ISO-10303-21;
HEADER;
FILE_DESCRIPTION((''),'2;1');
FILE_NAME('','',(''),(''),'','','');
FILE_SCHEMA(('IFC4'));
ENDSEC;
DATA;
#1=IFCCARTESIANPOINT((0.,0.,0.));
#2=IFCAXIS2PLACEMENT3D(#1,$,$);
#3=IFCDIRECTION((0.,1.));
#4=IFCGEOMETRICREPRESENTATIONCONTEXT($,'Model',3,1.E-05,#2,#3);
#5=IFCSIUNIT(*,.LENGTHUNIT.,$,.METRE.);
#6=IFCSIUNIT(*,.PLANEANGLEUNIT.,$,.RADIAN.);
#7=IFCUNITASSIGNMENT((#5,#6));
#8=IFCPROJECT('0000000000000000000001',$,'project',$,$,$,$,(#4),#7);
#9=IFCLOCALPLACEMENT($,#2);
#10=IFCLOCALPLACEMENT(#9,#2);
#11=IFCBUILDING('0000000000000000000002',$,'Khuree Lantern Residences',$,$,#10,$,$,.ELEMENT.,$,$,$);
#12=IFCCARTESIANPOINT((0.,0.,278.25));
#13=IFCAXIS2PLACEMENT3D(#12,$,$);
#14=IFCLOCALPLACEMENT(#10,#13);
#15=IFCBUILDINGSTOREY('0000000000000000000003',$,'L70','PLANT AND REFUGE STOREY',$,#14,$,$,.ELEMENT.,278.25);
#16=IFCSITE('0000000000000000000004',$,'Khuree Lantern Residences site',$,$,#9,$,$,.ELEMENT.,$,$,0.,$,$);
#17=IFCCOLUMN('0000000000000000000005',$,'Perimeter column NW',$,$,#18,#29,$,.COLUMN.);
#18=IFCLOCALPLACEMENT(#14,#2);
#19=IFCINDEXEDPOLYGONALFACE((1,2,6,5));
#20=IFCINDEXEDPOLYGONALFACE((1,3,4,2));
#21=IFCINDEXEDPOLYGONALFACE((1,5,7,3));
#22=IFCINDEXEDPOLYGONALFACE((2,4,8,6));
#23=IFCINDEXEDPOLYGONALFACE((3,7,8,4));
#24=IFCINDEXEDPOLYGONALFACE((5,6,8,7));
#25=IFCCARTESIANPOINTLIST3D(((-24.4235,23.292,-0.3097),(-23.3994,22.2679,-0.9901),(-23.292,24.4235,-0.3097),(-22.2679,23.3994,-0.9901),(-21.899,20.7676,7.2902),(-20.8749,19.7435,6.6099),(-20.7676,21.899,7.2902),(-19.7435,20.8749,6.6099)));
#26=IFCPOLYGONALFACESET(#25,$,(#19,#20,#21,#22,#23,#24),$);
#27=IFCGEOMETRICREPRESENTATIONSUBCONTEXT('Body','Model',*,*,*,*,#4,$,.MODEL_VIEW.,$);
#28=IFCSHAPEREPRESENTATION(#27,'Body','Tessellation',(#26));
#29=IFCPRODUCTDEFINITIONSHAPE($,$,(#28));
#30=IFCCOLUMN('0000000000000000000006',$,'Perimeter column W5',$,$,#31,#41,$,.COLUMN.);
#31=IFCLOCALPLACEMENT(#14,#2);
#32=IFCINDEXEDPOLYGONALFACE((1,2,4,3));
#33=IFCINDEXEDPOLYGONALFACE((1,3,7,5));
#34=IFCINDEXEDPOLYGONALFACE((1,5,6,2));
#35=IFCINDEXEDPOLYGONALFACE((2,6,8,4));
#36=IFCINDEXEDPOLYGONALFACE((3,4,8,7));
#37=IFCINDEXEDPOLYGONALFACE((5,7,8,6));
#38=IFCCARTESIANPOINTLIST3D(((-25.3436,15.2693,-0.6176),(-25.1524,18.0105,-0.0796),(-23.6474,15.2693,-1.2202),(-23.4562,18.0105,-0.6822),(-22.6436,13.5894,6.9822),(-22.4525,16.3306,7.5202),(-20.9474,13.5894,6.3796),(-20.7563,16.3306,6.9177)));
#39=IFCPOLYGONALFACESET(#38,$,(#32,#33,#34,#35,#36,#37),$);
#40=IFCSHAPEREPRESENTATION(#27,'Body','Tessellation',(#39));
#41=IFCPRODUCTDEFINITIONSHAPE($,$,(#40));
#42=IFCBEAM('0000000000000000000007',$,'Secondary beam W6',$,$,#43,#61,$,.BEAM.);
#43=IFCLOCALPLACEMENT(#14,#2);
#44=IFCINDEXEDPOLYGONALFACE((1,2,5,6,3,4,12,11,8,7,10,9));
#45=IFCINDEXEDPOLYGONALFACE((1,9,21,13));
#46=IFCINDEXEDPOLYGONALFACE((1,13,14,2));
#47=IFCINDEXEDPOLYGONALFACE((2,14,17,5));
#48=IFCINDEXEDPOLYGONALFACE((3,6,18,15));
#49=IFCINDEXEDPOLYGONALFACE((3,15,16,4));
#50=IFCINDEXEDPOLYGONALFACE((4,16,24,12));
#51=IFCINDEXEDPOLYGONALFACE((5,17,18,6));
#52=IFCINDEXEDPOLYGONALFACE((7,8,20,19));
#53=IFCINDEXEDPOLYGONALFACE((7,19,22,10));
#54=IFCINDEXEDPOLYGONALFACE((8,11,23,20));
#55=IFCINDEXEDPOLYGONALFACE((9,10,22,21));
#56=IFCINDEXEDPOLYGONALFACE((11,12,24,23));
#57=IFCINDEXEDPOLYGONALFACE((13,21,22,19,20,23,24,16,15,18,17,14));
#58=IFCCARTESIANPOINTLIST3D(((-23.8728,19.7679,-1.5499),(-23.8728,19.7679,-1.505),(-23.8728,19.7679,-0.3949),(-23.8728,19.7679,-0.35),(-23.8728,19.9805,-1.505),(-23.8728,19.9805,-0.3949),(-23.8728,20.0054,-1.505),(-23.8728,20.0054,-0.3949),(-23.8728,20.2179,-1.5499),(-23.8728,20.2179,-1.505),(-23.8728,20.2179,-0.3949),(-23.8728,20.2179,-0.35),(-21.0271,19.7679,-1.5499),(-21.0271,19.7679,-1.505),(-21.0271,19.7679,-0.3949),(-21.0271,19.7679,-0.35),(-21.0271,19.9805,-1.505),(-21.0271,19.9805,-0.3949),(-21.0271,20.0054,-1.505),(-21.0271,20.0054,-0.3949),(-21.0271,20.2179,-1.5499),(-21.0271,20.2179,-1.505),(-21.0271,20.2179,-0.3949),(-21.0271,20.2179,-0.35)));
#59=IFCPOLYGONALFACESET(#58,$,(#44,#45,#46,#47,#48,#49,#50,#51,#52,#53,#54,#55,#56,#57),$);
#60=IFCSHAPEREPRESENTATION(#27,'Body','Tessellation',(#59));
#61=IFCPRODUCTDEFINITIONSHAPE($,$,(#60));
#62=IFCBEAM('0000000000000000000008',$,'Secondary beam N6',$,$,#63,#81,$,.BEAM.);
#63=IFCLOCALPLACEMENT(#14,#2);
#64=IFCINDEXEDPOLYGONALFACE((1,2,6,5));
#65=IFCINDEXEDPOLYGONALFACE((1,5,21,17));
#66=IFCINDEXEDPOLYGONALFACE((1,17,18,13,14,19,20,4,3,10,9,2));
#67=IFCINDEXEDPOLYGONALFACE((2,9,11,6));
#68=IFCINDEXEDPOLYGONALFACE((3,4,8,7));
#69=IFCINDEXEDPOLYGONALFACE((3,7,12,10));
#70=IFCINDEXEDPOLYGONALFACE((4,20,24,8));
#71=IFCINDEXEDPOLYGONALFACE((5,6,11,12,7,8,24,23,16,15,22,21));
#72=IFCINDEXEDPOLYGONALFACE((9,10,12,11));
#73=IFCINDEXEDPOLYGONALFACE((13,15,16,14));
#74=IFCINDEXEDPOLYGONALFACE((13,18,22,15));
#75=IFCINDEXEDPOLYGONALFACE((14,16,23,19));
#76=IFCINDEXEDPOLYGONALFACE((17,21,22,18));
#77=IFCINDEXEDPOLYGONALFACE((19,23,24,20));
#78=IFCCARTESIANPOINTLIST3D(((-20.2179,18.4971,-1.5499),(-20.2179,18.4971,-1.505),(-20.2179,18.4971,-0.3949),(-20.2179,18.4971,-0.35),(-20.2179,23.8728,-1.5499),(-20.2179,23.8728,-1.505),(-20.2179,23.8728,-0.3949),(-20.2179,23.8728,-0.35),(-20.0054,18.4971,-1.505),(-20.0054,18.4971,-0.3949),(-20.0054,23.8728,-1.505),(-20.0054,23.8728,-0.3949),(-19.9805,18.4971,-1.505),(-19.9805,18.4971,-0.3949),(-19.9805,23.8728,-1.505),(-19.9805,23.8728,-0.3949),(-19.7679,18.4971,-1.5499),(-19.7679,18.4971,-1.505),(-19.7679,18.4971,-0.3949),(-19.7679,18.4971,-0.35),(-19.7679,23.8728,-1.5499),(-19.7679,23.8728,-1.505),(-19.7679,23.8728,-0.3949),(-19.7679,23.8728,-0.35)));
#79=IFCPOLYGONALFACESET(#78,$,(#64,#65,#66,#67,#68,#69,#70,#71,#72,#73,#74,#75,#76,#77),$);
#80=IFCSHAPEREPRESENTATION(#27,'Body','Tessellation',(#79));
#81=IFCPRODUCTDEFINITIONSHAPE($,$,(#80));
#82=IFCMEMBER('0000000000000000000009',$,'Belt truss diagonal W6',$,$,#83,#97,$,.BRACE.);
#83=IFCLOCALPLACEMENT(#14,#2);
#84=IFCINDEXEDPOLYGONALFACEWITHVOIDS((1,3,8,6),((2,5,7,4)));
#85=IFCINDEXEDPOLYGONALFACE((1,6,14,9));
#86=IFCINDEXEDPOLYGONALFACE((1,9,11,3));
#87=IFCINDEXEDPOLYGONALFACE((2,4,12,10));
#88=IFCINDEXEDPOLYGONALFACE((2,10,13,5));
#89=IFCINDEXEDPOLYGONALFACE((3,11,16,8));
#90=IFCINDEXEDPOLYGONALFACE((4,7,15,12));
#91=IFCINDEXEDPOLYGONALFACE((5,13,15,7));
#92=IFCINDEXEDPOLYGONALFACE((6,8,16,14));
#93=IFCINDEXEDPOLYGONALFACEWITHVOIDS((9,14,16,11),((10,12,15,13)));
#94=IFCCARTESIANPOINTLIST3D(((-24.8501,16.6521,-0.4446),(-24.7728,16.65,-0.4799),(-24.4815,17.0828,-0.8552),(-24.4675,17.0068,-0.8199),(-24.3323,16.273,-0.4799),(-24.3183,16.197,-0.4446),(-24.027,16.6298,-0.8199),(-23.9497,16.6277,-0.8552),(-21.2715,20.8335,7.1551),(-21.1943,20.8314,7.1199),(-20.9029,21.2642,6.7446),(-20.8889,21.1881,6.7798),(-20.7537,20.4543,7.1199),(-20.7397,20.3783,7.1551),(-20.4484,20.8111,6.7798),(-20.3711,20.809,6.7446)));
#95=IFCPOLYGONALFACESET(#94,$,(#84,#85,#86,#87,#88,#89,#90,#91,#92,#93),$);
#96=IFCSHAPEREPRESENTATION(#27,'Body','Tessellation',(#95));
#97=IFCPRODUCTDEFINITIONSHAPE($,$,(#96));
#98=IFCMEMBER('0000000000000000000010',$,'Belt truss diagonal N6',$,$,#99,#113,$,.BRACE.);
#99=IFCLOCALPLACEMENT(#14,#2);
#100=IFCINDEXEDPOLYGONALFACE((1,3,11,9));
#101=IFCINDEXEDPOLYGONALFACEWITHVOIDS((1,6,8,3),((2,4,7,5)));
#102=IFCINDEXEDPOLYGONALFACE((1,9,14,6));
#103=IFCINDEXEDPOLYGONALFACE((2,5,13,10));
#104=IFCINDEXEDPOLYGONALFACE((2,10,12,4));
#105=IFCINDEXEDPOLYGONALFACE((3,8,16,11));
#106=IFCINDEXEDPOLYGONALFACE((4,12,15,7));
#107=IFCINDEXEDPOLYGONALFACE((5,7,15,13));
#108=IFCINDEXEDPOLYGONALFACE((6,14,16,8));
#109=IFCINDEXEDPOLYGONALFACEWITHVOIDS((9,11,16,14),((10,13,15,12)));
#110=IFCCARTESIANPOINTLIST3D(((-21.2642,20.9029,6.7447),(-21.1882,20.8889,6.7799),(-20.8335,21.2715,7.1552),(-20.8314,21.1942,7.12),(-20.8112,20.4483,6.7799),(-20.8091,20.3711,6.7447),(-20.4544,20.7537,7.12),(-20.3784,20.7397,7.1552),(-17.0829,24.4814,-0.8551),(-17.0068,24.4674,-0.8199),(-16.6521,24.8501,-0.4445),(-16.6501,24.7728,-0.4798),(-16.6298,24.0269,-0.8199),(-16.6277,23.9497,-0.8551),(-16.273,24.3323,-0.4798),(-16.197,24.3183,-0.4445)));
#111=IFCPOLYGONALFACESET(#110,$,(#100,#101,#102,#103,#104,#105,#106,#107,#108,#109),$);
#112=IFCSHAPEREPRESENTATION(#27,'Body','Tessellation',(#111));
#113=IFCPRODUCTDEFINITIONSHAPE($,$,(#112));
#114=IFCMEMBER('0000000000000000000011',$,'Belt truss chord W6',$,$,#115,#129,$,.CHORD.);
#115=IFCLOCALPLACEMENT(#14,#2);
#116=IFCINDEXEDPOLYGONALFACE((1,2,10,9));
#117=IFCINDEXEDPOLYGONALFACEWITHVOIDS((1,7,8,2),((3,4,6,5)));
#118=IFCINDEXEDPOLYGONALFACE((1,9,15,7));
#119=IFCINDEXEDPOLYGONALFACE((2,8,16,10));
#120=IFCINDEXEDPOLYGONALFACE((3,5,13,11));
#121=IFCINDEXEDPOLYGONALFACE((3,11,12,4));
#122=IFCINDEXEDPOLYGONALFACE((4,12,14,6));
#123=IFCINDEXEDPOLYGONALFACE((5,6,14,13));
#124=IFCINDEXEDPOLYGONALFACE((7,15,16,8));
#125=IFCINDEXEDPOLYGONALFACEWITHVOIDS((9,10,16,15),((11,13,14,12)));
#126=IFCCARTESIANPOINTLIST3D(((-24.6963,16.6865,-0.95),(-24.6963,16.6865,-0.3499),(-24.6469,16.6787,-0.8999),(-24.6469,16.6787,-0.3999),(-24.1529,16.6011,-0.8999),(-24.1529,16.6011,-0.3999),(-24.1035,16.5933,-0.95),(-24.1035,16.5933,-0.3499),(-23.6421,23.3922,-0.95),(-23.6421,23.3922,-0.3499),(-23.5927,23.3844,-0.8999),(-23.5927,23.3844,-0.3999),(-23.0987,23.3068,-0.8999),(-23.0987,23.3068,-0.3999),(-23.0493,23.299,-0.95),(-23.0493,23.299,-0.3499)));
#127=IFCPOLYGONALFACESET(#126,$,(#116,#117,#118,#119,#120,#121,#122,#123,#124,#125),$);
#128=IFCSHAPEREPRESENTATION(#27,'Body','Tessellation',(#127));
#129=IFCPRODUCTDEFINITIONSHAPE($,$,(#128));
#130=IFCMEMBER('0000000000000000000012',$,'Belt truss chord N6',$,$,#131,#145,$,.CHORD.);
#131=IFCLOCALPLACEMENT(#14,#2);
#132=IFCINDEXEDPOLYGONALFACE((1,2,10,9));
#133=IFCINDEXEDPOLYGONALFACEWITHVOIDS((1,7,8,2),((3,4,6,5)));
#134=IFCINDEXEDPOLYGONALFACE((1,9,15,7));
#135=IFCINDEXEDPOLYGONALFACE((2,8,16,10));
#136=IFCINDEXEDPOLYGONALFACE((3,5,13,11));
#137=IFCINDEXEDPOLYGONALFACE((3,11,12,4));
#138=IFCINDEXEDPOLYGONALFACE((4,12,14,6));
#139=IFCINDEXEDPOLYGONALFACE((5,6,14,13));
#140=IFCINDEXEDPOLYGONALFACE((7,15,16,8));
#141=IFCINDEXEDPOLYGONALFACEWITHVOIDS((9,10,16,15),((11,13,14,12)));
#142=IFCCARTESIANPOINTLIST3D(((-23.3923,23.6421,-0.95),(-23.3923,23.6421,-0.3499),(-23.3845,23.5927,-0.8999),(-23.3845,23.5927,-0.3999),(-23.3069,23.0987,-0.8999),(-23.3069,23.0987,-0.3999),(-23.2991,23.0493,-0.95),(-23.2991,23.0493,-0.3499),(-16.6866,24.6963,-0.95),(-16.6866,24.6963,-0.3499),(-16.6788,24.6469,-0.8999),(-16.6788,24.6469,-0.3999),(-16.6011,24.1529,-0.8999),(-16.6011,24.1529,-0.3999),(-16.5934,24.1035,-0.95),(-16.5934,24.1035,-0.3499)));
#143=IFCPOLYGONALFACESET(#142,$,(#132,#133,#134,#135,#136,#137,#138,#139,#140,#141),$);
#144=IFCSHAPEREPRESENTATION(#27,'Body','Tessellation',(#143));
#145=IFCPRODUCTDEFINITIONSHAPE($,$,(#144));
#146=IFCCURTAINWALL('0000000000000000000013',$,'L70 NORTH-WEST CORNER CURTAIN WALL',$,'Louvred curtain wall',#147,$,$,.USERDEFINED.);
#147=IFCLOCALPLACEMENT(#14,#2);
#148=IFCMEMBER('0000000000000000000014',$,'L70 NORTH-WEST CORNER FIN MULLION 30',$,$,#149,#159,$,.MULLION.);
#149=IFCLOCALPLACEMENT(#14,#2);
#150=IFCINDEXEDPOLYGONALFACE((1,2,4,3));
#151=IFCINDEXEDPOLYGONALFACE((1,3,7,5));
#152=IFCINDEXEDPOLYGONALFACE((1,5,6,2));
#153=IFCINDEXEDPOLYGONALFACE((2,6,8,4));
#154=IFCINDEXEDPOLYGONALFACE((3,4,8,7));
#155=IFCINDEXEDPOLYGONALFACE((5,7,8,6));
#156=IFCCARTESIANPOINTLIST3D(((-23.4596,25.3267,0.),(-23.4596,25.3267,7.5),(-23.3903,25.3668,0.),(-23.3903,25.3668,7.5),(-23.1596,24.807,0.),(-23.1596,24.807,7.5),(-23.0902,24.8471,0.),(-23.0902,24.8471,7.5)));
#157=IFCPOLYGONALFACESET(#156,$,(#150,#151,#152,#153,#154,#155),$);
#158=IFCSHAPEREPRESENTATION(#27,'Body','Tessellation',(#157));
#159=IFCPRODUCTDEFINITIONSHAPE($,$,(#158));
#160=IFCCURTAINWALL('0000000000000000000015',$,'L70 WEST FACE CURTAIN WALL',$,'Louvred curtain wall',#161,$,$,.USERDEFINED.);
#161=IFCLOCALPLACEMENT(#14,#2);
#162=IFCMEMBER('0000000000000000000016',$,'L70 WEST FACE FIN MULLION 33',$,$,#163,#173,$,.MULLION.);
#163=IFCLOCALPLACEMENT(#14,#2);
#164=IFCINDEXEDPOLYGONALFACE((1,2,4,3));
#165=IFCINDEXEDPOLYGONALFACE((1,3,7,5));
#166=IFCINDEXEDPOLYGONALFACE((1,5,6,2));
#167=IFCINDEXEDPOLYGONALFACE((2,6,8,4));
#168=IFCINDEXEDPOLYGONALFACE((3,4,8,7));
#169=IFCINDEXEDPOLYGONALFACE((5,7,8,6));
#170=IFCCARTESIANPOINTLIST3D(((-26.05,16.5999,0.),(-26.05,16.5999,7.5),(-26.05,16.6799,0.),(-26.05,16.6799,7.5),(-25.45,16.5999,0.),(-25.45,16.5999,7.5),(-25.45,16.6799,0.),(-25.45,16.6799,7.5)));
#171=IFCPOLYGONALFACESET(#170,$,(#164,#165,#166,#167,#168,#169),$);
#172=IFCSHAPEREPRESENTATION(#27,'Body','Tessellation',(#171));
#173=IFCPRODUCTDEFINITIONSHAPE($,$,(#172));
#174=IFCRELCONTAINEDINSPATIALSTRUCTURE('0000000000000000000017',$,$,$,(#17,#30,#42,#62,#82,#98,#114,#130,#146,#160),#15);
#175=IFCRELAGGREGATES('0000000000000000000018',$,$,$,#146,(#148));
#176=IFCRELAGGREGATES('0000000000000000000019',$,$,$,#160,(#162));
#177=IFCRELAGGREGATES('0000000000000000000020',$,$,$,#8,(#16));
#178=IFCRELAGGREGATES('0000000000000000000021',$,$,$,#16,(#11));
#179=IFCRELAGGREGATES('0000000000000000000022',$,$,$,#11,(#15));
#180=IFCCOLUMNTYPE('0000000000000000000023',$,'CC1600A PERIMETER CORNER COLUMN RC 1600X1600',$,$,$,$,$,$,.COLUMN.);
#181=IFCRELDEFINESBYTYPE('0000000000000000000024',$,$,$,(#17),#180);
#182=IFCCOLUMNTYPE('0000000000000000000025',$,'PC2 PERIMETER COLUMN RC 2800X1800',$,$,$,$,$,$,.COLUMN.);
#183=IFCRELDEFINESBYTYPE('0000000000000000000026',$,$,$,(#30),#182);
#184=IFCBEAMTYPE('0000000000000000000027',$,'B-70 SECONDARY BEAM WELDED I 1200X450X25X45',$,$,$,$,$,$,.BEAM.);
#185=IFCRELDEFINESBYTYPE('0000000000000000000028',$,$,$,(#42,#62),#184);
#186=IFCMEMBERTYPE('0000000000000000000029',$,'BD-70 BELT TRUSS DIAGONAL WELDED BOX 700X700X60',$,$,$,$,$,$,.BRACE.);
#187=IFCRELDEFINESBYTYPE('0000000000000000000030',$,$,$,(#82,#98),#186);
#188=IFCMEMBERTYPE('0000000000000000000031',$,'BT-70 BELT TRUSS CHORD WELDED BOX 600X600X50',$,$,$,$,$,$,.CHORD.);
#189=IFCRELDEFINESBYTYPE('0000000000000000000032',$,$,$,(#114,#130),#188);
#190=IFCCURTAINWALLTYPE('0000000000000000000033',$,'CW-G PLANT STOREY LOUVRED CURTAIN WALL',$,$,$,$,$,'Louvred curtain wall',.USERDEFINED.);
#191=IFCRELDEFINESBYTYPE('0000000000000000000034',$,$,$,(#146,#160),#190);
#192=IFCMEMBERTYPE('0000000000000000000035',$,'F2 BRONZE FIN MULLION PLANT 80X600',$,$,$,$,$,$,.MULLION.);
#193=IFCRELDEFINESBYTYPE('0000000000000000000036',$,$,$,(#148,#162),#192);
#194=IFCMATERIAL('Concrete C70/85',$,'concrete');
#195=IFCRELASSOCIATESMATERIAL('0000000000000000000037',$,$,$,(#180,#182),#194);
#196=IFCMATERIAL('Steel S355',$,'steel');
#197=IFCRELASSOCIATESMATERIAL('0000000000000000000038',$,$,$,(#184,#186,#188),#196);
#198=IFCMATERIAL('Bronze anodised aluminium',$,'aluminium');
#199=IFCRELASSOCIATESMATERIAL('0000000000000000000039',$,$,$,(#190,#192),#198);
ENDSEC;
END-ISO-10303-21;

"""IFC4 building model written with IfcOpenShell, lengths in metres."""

from ifc_helpers import new_model, si_unit, direction, frame, origin, origin_2d, place, context, subcontext, project, spatial, rectangle, hollow_rectangle, i_section, extrude, material, material_profile, profile_set, type_object, element, aggregate, save


model = new_model("IFC4")

# Units and contexts
model_context = context("Model", 3, precision=1e-05, world=origin(), true_north=direction((0.0, 1.0)))
body_context = subcontext(model_context, "Body", "Model", "MODEL_VIEW")
ifc_project = project(units=[si_unit("LENGTHUNIT", "METRE"), si_unit("PLANEANGLEUNIT", "RADIAN")], contexts=[model_context])

# Site, building, storey
site_placement = place(None, origin())
site = spatial("IfcSite", under=ifc_project, at=site_placement, Name="Khuree Lantern Residences site", CompositionType="ELEMENT", RefElevation=0.0)
building_placement = place(site_placement, origin())
building = spatial("IfcBuilding", under=site, at=building_placement, Name="Khuree Lantern Residences", CompositionType="ELEMENT")
storey_placement = place(building_placement, frame((0.0, 0.0, 278.25)))
storey = spatial("IfcBuildingStorey", under=building, at=storey_placement, Name="L70", Description="PLANT AND REFUGE STOREY", CompositionType="ELEMENT", Elevation=278.25)

# Columns
ifc_material_1 = material(Name="Concrete C70/85", Category="concrete")
ifc_material_profile_1 = material_profile(ifc_material_1, rectangle(XDim=1.6001, YDim=1.6001, at=origin_2d()), Name="RC 1600X1600")
ifc_profile_set_1 = profile_set([ifc_material_profile_1], Name="Concrete C70/85")
column_type_1 = type_object("IfcColumnType", Name="CC1600A PERIMETER CORNER COLUMN RC 1600X1600", PredefinedType="COLUMN", material=ifc_profile_set_1)
column_1_placement = place(storey_placement, frame((-23.3457, 23.3457, -0.6499), z_axis=(0.300647, -0.300647, 0.905109), x_axis=(0.707107, 0.707107, 0.0)))
element("IfcColumn", 1, at=column_1_placement, inside=storey, type_object=column_type_1, Name="Perimeter column NW", PredefinedType="COLUMN", context=body_context, shape_type="SweptSolid", body=[
    extrude(rectangle(XDim=1.6001, YDim=1.6001, at=origin_2d()), origin(), (0.0, 0.0, 1.0), 8.3967),
])
ifc_material_profile_2 = material_profile(ifc_material_1, rectangle(XDim=2.8, YDim=1.8, at=origin_2d()), Name="RC 2800X1800")
ifc_profile_set_2 = profile_set([ifc_material_profile_2], Name="Concrete C70/85")
column_type_2 = type_object("IfcColumnType", Name="PC2 PERIMETER COLUMN RC 2800X1800", PredefinedType="COLUMN", material=ifc_profile_set_2)
column_2_placement = place(storey_placement, frame((-24.3999, 16.6399, -0.6499), z_axis=(0.327731, -0.203917, 0.922502), x_axis=(0.068256, 0.978988, 0.192155)))
element("IfcColumn", 2, at=column_2_placement, inside=storey, type_object=column_type_2, Name="Perimeter column W5", PredefinedType="COLUMN", context=body_context, shape_type="SweptSolid", body=[
    extrude(rectangle(XDim=2.8, YDim=1.8, at=origin_2d()), origin(), (0.0, 0.0, 1.0), 8.2383),
])

# Beams
ifc_material_2 = material(Name="Steel S355", Category="steel")
ifc_material_profile_3 = material_profile(ifc_material_2, i_section(OverallWidth=0.45, OverallDepth=1.2, WebThickness=0.0249, FlangeThickness=0.0449, at=origin_2d()), Name="WELDED I 1200X450X25X45")
ifc_profile_set_3 = profile_set([ifc_material_profile_3], Name="Steel S355")
beam_type_1 = type_object("IfcBeamType", Name="B-70 SECONDARY BEAM WELDED I 1200X450X25X45", PredefinedType="BEAM", material=ifc_profile_set_3)
beam_1_placement = place(storey_placement, frame((-23.8728, 19.9929, -0.95), z_axis=(1.0, 0.0, 0.0), x_axis=(0.0, 1.0, 0.0)))
element("IfcBeam", 3, at=beam_1_placement, inside=storey, type_object=beam_type_1, Name="Secondary beam W6", PredefinedType="BEAM", context=body_context, shape_type="SweptSolid", body=[
    extrude(i_section(OverallWidth=0.45, OverallDepth=1.2, WebThickness=0.0249, FlangeThickness=0.0449, at=origin_2d()), origin(), (0.0, 0.0, 1.0), 2.8457),
])
beam_2_placement = place(storey_placement, frame((-19.9929, 23.8728, -0.95), z_axis=(0.0, -1.0, 0.0), x_axis=(1.0, 0.0, 0.0)))
element("IfcBeam", 4, at=beam_2_placement, inside=storey, type_object=beam_type_1, Name="Secondary beam N6", PredefinedType="BEAM", context=body_context, shape_type="SweptSolid", body=[
    extrude(i_section(OverallWidth=0.45, OverallDepth=1.2, WebThickness=0.0249, FlangeThickness=0.0449, at=origin_2d()), origin(), (0.0, 0.0, 1.0), 5.3757),
])

# Members
ifc_material_profile_4 = material_profile(ifc_material_2, hollow_rectangle(XDim=0.7, YDim=0.7, WallThickness=0.0601, at=origin_2d()), Name="WELDED BOX 700X700X60")
ifc_profile_set_4 = profile_set([ifc_material_profile_4], Name="Steel S355")
member_type_1 = type_object("IfcMemberType", Name="BD-70 BELT TRUSS DIAGONAL WELDED BOX 700X700X60", PredefinedType="BRACE", material=ifc_profile_set_4)
for number, where, z_axis, x_axis, name in (
    (5, (-24.3999, 16.6399, -0.6499), (0.381377, 0.445616, 0.809925), (-0.759745, 0.650221, 0.0), "Belt truss diagonal W6"),
    (6, (-20.8213, 20.8213, 6.95), (0.445616, 0.381377, -0.809925), (-0.650221, 0.759745, 0.0), "Belt truss diagonal N6"),
):
    element("IfcMember", number, at=place(storey_placement, frame(where, z_axis=z_axis, x_axis=x_axis)), inside=storey, type_object=member_type_1, Name=name, PredefinedType="BRACE", context=body_context, shape_type="SweptSolid", body=[
        extrude(hollow_rectangle(XDim=0.7, YDim=0.7, WallThickness=0.0601, at=origin_2d()), origin(), (0.0, 0.0, 1.0), 9.3833),
    ])
ifc_material_profile_5 = material_profile(ifc_material_2, hollow_rectangle(XDim=0.6001, YDim=0.6001, WallThickness=0.05, at=origin_2d()), Name="WELDED BOX 600X600X50")
ifc_profile_set_5 = profile_set([ifc_material_profile_5], Name="Steel S355")
member_type_2 = type_object("IfcMemberType", Name="BT-70 BELT TRUSS CHORD WELDED BOX 600X600X50", PredefinedType="CHORD", material=ifc_profile_set_5)
for number, where, z_axis, x_axis, name in (
    (7, (-24.3999, 16.6399, -0.6499), (0.1553, 0.987867, 0.0), (-0.987867, 0.1553, 0.0), "Belt truss chord W6"),
    (8, (-23.3457, 23.3457, -0.6499), (0.987867, 0.1553, 0.0), (-0.1553, 0.987867, 0.0), "Belt truss chord N6"),
):
    element("IfcMember", number, at=place(storey_placement, frame(where, z_axis=z_axis, x_axis=x_axis)), inside=storey, type_object=member_type_2, Name=name, PredefinedType="CHORD", context=body_context, shape_type="SweptSolid", body=[
        extrude(hollow_rectangle(XDim=0.6001, YDim=0.6001, WallThickness=0.05, at=origin_2d()), origin(), (0.0, 0.0, 1.0), 6.7881),
    ])

# Curtain walls, members
ifc_material_3 = material(Name="Bronze anodised aluminium", Category="aluminium")
curtain_wall_type = type_object("IfcCurtainWallType", Name="CW-G PLANT STOREY LOUVRED CURTAIN WALL", ElementType="Louvred curtain wall", PredefinedType="USERDEFINED", material=ifc_material_3)
curtain_wall_1_placement = place(storey_placement, origin())
curtain_wall_1 = element("IfcCurtainWall", 9, at=curtain_wall_1_placement, inside=storey, type_object=curtain_wall_type, Name="L70 NORTH-WEST CORNER CURTAIN WALL", ObjectType="Louvred curtain wall", PredefinedType="USERDEFINED")
ifc_material_profile_6 = material_profile(ifc_material_3, rectangle(XDim=0.0801, YDim=0.6001, at=origin_2d()), Name="F2 80X600")
ifc_profile_set_6 = profile_set([ifc_material_profile_6], Name="Bronze anodised aluminium")
member_type_3 = type_object("IfcMemberType", Name="F2 BRONZE FIN MULLION PLANT 80X600", PredefinedType="MULLION", material=ifc_profile_set_6)
member_1_placement = place(storey_placement, frame((-23.2749, 25.0869, 0.0), z_axis=(0.0, 0.0, 1.0), x_axis=(-0.866025, -0.5, 0.0)))
member_1 = element("IfcMember", 10, at=member_1_placement, type_object=member_type_3, Name="L70 NORTH-WEST CORNER FIN MULLION 30", PredefinedType="MULLION", context=body_context, shape_type="SweptSolid", body=[
    extrude(rectangle(XDim=0.0801, YDim=0.6001, at=origin_2d()), origin(), (0.0, 0.0, 1.0), 7.5),
])
curtain_wall_2_placement = place(storey_placement, origin())
curtain_wall_2 = element("IfcCurtainWall", 11, at=curtain_wall_2_placement, inside=storey, type_object=curtain_wall_type, Name="L70 WEST FACE CURTAIN WALL", ObjectType="Louvred curtain wall", PredefinedType="USERDEFINED")
member_2_placement = place(storey_placement, frame((-25.75, 16.6399, 0.0), z_axis=(0.0, 0.0, 1.0), x_axis=(0.0, -1.0, 0.0)))
member_2 = element("IfcMember", 12, at=member_2_placement, type_object=member_type_3, Name="L70 WEST FACE FIN MULLION 33", PredefinedType="MULLION", context=body_context, shape_type="SweptSolid", body=[
    extrude(rectangle(XDim=0.0801, YDim=0.6001, at=origin_2d()), origin(), (0.0, 0.0, 1.0), 7.5),
])

aggregate(curtain_wall_1, [member_1])
aggregate(curtain_wall_2, [member_2])

save(model, "model.ifc")
